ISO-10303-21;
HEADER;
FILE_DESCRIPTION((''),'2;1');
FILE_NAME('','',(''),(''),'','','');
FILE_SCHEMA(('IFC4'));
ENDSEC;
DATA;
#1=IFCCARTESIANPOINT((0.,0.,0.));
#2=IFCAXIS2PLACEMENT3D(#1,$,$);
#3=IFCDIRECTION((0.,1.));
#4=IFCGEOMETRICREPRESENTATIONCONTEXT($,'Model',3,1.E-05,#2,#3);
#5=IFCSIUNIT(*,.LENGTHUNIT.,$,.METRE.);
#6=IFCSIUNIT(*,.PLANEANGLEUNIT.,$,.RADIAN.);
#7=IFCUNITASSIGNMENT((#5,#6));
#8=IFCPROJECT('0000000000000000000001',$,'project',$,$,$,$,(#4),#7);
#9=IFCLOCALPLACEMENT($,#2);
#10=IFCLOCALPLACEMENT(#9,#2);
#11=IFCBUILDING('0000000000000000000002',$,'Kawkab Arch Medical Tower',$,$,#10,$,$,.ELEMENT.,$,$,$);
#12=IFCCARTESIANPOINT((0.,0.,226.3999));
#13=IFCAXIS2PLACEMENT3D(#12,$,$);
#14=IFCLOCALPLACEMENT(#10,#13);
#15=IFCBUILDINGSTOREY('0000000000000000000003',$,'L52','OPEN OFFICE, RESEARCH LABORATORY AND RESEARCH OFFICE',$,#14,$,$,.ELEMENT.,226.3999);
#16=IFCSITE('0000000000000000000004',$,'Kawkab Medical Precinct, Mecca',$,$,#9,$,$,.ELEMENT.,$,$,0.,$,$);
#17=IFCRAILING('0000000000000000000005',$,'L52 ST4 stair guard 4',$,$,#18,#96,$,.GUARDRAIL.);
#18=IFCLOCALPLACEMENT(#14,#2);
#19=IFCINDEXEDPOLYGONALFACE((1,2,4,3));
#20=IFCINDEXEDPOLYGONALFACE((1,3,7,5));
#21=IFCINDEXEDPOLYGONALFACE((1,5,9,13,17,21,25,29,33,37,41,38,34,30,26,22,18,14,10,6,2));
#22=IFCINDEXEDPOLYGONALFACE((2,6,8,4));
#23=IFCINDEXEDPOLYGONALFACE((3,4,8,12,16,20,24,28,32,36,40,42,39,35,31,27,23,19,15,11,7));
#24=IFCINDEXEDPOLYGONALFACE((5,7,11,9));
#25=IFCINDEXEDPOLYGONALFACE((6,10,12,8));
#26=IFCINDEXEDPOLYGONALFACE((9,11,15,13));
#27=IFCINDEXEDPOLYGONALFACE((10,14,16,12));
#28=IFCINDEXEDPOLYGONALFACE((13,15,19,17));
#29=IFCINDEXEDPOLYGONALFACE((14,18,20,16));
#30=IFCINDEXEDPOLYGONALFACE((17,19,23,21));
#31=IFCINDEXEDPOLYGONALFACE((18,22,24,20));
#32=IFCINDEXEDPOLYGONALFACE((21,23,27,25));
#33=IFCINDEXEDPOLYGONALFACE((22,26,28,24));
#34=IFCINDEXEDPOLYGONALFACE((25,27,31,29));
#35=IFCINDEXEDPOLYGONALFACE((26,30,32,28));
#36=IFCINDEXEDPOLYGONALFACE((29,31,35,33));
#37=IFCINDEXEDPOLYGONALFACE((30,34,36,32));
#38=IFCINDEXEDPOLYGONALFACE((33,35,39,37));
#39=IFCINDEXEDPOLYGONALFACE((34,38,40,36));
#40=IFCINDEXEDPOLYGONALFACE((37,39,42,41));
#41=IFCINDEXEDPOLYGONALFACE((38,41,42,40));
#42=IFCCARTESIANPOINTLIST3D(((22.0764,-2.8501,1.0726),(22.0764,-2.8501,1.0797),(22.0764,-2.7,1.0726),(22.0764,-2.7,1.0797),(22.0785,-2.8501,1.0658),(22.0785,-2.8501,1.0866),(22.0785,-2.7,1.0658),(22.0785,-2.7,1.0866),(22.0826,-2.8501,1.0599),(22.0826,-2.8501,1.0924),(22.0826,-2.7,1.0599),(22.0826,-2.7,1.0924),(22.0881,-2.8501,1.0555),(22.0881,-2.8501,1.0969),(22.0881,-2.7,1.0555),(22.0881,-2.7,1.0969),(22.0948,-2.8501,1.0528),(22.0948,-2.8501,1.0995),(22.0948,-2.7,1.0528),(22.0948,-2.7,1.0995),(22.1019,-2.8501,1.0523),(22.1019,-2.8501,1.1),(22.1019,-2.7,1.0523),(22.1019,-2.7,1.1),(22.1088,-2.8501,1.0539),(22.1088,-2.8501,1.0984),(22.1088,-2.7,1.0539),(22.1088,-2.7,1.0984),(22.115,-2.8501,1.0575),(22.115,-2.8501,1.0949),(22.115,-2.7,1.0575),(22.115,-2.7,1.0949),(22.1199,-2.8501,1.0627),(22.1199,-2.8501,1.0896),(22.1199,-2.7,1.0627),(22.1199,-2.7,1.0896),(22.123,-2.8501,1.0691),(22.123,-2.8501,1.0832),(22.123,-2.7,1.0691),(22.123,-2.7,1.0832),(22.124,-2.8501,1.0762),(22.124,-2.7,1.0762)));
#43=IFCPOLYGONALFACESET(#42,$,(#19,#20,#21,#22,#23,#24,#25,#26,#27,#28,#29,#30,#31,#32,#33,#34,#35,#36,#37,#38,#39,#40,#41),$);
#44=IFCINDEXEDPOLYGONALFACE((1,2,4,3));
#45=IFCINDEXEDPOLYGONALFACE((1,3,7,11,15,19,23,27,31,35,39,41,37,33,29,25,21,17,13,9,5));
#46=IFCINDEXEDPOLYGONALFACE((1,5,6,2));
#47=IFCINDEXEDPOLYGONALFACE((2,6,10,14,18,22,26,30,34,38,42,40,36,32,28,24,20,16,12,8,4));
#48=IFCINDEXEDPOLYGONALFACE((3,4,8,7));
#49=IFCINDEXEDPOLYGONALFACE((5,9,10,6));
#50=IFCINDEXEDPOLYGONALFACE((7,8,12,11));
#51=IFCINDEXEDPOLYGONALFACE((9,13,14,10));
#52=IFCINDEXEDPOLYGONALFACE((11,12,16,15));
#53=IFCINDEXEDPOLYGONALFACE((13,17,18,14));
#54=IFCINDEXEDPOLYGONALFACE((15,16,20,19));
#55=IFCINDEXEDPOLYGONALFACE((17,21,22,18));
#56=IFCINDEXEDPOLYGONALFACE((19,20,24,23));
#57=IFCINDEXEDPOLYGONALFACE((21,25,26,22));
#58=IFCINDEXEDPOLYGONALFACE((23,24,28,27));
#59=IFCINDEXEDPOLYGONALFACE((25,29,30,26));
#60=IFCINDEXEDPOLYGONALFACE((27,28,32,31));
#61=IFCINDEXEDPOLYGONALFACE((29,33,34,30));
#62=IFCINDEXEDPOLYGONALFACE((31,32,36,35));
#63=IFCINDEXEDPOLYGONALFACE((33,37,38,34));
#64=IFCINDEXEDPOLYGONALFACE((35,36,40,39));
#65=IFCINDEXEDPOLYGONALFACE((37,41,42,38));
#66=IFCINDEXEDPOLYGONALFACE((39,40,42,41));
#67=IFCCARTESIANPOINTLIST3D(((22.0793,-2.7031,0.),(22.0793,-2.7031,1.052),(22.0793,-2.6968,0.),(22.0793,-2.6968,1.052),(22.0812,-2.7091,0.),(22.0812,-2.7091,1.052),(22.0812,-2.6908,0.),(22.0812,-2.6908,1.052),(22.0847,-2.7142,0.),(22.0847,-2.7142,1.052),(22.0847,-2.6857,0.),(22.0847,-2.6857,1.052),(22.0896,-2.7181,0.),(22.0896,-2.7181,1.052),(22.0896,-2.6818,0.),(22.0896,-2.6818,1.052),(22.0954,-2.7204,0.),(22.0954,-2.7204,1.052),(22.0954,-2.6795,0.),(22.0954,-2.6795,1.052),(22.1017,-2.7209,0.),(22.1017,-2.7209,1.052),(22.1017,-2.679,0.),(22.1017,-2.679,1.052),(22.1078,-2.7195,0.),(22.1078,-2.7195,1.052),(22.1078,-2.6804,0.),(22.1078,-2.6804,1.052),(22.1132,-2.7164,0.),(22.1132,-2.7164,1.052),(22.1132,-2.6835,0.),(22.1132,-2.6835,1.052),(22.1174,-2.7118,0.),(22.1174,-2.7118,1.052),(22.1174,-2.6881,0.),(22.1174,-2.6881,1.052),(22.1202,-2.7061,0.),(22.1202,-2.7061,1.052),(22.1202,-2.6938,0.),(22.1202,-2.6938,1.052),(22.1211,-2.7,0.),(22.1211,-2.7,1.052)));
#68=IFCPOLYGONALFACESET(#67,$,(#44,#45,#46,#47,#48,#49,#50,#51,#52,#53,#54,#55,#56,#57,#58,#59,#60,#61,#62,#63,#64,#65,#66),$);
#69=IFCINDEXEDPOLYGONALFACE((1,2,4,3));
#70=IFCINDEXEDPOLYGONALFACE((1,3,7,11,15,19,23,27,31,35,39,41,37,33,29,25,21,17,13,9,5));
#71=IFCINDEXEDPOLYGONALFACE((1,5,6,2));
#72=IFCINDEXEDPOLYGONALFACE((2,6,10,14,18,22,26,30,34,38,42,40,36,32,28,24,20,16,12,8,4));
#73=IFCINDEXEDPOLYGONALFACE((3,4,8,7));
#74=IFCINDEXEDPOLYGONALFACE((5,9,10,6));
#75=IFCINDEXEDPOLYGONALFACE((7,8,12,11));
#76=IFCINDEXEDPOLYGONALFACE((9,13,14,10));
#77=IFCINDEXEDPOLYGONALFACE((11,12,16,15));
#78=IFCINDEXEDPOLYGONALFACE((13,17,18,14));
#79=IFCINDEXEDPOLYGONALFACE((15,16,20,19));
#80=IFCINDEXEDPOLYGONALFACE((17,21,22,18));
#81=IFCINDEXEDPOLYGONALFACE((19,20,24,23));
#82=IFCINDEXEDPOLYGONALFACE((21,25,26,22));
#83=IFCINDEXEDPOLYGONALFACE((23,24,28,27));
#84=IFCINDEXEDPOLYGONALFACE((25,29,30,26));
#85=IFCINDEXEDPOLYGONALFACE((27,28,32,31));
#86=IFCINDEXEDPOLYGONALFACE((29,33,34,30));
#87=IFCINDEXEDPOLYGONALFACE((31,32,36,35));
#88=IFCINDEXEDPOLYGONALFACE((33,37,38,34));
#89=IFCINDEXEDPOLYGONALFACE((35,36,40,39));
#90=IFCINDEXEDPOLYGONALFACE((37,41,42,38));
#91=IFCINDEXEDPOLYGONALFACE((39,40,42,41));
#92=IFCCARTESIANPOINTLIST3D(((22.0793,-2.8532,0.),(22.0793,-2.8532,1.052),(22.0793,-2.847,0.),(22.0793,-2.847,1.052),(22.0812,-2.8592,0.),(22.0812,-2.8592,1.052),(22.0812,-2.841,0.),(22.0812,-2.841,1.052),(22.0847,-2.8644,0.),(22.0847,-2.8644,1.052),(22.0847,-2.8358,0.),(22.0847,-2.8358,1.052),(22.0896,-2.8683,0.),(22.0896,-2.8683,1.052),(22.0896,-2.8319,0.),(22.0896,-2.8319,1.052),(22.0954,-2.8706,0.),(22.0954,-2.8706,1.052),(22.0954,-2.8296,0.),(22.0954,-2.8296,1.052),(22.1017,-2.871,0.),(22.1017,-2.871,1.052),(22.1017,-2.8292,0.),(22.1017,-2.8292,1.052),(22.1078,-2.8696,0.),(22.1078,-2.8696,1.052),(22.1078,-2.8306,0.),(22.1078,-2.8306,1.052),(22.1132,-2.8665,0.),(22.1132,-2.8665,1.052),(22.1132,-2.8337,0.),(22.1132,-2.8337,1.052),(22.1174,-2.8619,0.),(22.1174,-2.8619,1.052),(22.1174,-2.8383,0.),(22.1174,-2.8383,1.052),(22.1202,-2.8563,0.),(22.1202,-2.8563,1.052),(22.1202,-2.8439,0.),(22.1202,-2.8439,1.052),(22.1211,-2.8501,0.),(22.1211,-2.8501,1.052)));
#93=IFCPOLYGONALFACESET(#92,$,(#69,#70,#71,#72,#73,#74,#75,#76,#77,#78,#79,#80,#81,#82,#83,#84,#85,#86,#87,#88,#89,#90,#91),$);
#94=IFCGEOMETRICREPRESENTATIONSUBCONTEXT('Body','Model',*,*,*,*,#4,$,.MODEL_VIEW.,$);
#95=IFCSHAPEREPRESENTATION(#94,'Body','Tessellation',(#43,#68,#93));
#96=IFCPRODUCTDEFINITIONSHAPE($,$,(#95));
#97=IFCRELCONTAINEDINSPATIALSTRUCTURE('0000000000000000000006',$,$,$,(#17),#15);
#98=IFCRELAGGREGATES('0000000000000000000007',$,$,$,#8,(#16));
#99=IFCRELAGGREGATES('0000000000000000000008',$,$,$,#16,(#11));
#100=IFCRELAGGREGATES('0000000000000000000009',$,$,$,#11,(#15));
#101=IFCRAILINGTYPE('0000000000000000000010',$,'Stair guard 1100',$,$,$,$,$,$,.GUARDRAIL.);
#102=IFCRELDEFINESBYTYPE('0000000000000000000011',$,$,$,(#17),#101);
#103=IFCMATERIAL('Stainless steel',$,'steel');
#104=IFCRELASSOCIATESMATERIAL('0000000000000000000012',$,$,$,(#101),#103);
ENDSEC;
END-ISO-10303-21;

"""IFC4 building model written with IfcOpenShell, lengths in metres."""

from ifc_helpers import new_model, si_unit, direction, frame, origin, origin_2d, place, context, subcontext, project, spatial, circle, extrude, material, type_object, element, save


model = new_model("IFC4")

# Units and contexts
model_context = context("Model", 3, precision=1e-05, world=origin(), true_north=direction((0.0, 1.0)))
body_context = subcontext(model_context, "Body", "Model", "MODEL_VIEW")
ifc_project = project(units=[si_unit("LENGTHUNIT", "METRE"), si_unit("PLANEANGLEUNIT", "RADIAN")], contexts=[model_context])

# Site, building, storey
site_placement = place(None, origin())
site = spatial("IfcSite", under=ifc_project, at=site_placement, Name="Kawkab Medical Precinct, Mecca", CompositionType="ELEMENT", RefElevation=0.0)
building_placement = place(site_placement, origin())
building = spatial("IfcBuilding", under=site, at=building_placement, Name="Kawkab Arch Medical Tower", CompositionType="ELEMENT")
storey_placement = place(building_placement, frame((0.0, 0.0, 226.3999)))
storey = spatial("IfcBuildingStorey", under=building, at=storey_placement, Name="L52", Description="OPEN OFFICE, RESEARCH LABORATORY AND RESEARCH OFFICE", CompositionType="ELEMENT", Elevation=226.3999)

# Railing
ifc_material_1 = material(Name="Stainless steel", Category="steel")
railing_type = type_object("IfcRailingType", Name="Stair guard 1100", PredefinedType="GUARDRAIL", material=ifc_material_1)
railing_1_placement = place(storey_placement, frame((22.1001, -2.7, 0.0)))
element("IfcRailing", 1, at=railing_1_placement, inside=storey, type_object=railing_type, Name="L52 ST4 stair guard 4", PredefinedType="GUARDRAIL", context=body_context, shape_type="SweptSolid", body=[
    extrude(circle(Radius=0.0239, at=origin_2d()), frame((0.0, 0.0, 1.0762), z_axis=(0.0, -1.0, 0.0), x_axis=(1.0, 0.0, 0.0)), (0.0, 0.0, 1.0), 0.1501),
    extrude(circle(Radius=0.021, at=origin_2d()), origin(), (0.0, 0.0, 1.0), 1.052),
    extrude(circle(Radius=0.021, at=origin_2d()), frame((0.0, -0.1501, 0.0)), (0.0, 0.0, 1.0), 1.052),
])

save(model, "model.ifc")
